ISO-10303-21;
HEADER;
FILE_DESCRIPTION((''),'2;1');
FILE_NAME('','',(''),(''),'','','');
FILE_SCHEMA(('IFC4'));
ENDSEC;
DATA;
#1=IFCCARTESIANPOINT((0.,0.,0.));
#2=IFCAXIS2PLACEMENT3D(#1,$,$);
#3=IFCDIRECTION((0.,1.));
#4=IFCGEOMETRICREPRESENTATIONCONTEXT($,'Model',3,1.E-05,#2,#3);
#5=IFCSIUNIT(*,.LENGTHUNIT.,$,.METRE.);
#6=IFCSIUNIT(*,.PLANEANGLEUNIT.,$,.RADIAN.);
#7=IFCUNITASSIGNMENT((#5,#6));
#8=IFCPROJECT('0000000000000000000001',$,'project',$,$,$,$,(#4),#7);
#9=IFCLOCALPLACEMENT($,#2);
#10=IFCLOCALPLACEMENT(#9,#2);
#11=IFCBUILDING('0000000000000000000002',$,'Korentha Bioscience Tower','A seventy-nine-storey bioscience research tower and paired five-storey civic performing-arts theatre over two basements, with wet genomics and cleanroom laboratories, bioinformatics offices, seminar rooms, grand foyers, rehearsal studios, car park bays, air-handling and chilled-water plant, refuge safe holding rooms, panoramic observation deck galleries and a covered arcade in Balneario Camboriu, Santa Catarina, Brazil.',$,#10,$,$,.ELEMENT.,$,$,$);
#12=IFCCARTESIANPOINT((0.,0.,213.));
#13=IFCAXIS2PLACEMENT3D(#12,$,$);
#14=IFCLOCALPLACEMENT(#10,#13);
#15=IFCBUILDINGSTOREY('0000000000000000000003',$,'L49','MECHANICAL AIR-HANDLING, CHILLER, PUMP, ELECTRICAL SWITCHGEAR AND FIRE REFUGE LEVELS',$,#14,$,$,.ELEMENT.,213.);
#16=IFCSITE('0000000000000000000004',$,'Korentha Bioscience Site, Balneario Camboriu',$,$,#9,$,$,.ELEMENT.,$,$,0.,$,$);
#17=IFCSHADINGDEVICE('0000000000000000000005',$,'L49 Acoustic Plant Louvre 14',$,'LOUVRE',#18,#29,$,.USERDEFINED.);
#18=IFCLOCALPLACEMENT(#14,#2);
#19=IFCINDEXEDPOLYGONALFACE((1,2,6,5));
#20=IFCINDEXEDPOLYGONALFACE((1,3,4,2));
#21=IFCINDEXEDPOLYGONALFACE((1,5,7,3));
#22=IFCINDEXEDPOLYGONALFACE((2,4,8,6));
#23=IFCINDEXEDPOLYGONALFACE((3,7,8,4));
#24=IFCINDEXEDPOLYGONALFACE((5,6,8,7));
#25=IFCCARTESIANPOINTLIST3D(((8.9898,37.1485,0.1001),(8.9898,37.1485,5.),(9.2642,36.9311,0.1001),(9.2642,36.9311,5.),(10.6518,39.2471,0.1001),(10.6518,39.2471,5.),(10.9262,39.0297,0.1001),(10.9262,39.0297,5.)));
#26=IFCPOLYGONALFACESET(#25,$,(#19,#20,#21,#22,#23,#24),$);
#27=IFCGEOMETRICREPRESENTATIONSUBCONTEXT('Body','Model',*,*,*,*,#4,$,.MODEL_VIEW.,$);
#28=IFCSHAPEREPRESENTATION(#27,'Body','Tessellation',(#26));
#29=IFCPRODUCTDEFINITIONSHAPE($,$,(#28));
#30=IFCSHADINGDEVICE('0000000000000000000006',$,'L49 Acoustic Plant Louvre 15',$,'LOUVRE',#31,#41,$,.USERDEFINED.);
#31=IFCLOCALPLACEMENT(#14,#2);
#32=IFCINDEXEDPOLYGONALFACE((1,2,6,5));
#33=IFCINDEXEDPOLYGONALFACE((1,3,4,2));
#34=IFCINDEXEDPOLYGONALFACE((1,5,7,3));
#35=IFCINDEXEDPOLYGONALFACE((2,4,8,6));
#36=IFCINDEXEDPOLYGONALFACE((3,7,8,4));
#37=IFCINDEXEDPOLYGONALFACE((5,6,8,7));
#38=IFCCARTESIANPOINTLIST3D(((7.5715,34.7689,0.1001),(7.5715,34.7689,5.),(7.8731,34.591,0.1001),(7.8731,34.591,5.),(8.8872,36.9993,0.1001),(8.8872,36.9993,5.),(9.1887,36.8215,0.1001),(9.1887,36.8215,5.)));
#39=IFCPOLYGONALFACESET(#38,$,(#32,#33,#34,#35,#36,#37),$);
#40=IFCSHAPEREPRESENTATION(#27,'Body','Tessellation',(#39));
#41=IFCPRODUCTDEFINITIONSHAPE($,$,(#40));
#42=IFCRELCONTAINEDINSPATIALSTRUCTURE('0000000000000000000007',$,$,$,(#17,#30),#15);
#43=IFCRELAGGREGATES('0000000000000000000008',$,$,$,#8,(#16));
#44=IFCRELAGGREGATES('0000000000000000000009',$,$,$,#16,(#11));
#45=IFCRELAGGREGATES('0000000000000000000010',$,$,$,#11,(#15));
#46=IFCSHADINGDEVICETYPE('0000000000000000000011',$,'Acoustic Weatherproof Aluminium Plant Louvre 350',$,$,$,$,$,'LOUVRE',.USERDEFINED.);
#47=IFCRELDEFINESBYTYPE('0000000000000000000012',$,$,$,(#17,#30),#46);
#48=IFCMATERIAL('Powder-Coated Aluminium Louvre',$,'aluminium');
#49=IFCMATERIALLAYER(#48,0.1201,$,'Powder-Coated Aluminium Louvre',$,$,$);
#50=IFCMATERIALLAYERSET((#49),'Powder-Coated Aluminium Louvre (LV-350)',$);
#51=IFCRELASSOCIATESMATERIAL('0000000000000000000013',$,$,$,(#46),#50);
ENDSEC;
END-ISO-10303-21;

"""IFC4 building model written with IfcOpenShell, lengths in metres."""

from ifc_helpers import new_model, si_unit, direction, frame, origin, origin_2d, place, context, subcontext, project, spatial, rectangle, extrude, material, layer, layer_set, type_object, element, save


model = new_model("IFC4")

# Units and contexts
model_context = context("Model", 3, precision=1e-05, world=origin(), true_north=direction((0.0, 1.0)))
body_context = subcontext(model_context, "Body", "Model", "MODEL_VIEW")
ifc_project = project(units=[si_unit("LENGTHUNIT", "METRE"), si_unit("PLANEANGLEUNIT", "RADIAN")], contexts=[model_context])

# Site, building, storey
site_placement = place(None, origin())
site = spatial("IfcSite", under=ifc_project, at=site_placement, Name="Korentha Bioscience Site, Balneario Camboriu", CompositionType="ELEMENT", RefElevation=0.0)
building_placement = place(site_placement, origin())
building = spatial("IfcBuilding", under=site, at=building_placement, Name="Korentha Bioscience Tower", Description="A seventy-nine-storey bioscience research tower and paired five-storey civic performing-arts theatre over two basements, with wet genomics and cleanroom laboratories, bioinformatics offices, seminar rooms, grand foyers, rehearsal studios, car park bays, air-handling and chilled-water plant, refuge safe holding rooms, panoramic observation deck galleries and a covered arcade in Balneario Camboriu, Santa Catarina, Brazil.", CompositionType="ELEMENT")
storey_placement = place(building_placement, frame((0.0, 0.0, 213.0)))
storey = spatial("IfcBuildingStorey", under=building, at=storey_placement, Name="L49", Description="MECHANICAL AIR-HANDLING, CHILLER, PUMP, ELECTRICAL SWITCHGEAR AND FIRE REFUGE LEVELS", CompositionType="ELEMENT", Elevation=213.0)

# Shading devices
ifc_material_1 = material(Name="Powder-Coated Aluminium Louvre", Category="aluminium")
ifc_layer_1 = layer(ifc_material_1, 0.1201, Name="Powder-Coated Aluminium Louvre")
ifc_layer_set_1 = layer_set([ifc_layer_1], Name="Powder-Coated Aluminium Louvre (LV-350)")
shading_device_type = type_object("IfcShadingDeviceType", Name="Acoustic Weatherproof Aluminium Plant Louvre 350", ElementType="LOUVRE", PredefinedType="USERDEFINED", material=ifc_layer_set_1)
shading_device_1_placement = place(storey_placement, frame((9.958, 38.0891, 0.1001), z_axis=(0.0, 0.0, 1.0), x_axis=(-0.620845, -0.783934, 0.0)))
element("IfcShadingDevice", 1, at=shading_device_1_placement, inside=storey, type_object=shading_device_type, Name="L49 Acoustic Plant Louvre 14", ObjectType="LOUVRE", PredefinedType="USERDEFINED", context=body_context, shape_type="SweptSolid", body=[
    extrude(rectangle(XDim=2.677, YDim=0.3501, at=origin_2d()), origin(), (0.0, 0.0, 1.0), 4.8999),
])
shading_device_2_placement = place(storey_placement, frame((8.3801, 35.7952, 0.1001), z_axis=(0.0, 0.0, 1.0), x_axis=(-0.508053, -0.861326, 0.0)))
element("IfcShadingDevice", 2, at=shading_device_2_placement, inside=storey, type_object=shading_device_type, Name="L49 Acoustic Plant Louvre 15", ObjectType="LOUVRE", PredefinedType="USERDEFINED", context=body_context, shape_type="SweptSolid", body=[
    extrude(rectangle(XDim=2.5896, YDim=0.3501, at=origin_2d()), origin(), (0.0, 0.0, 1.0), 4.8999),
])

save(model, "model.ifc")
